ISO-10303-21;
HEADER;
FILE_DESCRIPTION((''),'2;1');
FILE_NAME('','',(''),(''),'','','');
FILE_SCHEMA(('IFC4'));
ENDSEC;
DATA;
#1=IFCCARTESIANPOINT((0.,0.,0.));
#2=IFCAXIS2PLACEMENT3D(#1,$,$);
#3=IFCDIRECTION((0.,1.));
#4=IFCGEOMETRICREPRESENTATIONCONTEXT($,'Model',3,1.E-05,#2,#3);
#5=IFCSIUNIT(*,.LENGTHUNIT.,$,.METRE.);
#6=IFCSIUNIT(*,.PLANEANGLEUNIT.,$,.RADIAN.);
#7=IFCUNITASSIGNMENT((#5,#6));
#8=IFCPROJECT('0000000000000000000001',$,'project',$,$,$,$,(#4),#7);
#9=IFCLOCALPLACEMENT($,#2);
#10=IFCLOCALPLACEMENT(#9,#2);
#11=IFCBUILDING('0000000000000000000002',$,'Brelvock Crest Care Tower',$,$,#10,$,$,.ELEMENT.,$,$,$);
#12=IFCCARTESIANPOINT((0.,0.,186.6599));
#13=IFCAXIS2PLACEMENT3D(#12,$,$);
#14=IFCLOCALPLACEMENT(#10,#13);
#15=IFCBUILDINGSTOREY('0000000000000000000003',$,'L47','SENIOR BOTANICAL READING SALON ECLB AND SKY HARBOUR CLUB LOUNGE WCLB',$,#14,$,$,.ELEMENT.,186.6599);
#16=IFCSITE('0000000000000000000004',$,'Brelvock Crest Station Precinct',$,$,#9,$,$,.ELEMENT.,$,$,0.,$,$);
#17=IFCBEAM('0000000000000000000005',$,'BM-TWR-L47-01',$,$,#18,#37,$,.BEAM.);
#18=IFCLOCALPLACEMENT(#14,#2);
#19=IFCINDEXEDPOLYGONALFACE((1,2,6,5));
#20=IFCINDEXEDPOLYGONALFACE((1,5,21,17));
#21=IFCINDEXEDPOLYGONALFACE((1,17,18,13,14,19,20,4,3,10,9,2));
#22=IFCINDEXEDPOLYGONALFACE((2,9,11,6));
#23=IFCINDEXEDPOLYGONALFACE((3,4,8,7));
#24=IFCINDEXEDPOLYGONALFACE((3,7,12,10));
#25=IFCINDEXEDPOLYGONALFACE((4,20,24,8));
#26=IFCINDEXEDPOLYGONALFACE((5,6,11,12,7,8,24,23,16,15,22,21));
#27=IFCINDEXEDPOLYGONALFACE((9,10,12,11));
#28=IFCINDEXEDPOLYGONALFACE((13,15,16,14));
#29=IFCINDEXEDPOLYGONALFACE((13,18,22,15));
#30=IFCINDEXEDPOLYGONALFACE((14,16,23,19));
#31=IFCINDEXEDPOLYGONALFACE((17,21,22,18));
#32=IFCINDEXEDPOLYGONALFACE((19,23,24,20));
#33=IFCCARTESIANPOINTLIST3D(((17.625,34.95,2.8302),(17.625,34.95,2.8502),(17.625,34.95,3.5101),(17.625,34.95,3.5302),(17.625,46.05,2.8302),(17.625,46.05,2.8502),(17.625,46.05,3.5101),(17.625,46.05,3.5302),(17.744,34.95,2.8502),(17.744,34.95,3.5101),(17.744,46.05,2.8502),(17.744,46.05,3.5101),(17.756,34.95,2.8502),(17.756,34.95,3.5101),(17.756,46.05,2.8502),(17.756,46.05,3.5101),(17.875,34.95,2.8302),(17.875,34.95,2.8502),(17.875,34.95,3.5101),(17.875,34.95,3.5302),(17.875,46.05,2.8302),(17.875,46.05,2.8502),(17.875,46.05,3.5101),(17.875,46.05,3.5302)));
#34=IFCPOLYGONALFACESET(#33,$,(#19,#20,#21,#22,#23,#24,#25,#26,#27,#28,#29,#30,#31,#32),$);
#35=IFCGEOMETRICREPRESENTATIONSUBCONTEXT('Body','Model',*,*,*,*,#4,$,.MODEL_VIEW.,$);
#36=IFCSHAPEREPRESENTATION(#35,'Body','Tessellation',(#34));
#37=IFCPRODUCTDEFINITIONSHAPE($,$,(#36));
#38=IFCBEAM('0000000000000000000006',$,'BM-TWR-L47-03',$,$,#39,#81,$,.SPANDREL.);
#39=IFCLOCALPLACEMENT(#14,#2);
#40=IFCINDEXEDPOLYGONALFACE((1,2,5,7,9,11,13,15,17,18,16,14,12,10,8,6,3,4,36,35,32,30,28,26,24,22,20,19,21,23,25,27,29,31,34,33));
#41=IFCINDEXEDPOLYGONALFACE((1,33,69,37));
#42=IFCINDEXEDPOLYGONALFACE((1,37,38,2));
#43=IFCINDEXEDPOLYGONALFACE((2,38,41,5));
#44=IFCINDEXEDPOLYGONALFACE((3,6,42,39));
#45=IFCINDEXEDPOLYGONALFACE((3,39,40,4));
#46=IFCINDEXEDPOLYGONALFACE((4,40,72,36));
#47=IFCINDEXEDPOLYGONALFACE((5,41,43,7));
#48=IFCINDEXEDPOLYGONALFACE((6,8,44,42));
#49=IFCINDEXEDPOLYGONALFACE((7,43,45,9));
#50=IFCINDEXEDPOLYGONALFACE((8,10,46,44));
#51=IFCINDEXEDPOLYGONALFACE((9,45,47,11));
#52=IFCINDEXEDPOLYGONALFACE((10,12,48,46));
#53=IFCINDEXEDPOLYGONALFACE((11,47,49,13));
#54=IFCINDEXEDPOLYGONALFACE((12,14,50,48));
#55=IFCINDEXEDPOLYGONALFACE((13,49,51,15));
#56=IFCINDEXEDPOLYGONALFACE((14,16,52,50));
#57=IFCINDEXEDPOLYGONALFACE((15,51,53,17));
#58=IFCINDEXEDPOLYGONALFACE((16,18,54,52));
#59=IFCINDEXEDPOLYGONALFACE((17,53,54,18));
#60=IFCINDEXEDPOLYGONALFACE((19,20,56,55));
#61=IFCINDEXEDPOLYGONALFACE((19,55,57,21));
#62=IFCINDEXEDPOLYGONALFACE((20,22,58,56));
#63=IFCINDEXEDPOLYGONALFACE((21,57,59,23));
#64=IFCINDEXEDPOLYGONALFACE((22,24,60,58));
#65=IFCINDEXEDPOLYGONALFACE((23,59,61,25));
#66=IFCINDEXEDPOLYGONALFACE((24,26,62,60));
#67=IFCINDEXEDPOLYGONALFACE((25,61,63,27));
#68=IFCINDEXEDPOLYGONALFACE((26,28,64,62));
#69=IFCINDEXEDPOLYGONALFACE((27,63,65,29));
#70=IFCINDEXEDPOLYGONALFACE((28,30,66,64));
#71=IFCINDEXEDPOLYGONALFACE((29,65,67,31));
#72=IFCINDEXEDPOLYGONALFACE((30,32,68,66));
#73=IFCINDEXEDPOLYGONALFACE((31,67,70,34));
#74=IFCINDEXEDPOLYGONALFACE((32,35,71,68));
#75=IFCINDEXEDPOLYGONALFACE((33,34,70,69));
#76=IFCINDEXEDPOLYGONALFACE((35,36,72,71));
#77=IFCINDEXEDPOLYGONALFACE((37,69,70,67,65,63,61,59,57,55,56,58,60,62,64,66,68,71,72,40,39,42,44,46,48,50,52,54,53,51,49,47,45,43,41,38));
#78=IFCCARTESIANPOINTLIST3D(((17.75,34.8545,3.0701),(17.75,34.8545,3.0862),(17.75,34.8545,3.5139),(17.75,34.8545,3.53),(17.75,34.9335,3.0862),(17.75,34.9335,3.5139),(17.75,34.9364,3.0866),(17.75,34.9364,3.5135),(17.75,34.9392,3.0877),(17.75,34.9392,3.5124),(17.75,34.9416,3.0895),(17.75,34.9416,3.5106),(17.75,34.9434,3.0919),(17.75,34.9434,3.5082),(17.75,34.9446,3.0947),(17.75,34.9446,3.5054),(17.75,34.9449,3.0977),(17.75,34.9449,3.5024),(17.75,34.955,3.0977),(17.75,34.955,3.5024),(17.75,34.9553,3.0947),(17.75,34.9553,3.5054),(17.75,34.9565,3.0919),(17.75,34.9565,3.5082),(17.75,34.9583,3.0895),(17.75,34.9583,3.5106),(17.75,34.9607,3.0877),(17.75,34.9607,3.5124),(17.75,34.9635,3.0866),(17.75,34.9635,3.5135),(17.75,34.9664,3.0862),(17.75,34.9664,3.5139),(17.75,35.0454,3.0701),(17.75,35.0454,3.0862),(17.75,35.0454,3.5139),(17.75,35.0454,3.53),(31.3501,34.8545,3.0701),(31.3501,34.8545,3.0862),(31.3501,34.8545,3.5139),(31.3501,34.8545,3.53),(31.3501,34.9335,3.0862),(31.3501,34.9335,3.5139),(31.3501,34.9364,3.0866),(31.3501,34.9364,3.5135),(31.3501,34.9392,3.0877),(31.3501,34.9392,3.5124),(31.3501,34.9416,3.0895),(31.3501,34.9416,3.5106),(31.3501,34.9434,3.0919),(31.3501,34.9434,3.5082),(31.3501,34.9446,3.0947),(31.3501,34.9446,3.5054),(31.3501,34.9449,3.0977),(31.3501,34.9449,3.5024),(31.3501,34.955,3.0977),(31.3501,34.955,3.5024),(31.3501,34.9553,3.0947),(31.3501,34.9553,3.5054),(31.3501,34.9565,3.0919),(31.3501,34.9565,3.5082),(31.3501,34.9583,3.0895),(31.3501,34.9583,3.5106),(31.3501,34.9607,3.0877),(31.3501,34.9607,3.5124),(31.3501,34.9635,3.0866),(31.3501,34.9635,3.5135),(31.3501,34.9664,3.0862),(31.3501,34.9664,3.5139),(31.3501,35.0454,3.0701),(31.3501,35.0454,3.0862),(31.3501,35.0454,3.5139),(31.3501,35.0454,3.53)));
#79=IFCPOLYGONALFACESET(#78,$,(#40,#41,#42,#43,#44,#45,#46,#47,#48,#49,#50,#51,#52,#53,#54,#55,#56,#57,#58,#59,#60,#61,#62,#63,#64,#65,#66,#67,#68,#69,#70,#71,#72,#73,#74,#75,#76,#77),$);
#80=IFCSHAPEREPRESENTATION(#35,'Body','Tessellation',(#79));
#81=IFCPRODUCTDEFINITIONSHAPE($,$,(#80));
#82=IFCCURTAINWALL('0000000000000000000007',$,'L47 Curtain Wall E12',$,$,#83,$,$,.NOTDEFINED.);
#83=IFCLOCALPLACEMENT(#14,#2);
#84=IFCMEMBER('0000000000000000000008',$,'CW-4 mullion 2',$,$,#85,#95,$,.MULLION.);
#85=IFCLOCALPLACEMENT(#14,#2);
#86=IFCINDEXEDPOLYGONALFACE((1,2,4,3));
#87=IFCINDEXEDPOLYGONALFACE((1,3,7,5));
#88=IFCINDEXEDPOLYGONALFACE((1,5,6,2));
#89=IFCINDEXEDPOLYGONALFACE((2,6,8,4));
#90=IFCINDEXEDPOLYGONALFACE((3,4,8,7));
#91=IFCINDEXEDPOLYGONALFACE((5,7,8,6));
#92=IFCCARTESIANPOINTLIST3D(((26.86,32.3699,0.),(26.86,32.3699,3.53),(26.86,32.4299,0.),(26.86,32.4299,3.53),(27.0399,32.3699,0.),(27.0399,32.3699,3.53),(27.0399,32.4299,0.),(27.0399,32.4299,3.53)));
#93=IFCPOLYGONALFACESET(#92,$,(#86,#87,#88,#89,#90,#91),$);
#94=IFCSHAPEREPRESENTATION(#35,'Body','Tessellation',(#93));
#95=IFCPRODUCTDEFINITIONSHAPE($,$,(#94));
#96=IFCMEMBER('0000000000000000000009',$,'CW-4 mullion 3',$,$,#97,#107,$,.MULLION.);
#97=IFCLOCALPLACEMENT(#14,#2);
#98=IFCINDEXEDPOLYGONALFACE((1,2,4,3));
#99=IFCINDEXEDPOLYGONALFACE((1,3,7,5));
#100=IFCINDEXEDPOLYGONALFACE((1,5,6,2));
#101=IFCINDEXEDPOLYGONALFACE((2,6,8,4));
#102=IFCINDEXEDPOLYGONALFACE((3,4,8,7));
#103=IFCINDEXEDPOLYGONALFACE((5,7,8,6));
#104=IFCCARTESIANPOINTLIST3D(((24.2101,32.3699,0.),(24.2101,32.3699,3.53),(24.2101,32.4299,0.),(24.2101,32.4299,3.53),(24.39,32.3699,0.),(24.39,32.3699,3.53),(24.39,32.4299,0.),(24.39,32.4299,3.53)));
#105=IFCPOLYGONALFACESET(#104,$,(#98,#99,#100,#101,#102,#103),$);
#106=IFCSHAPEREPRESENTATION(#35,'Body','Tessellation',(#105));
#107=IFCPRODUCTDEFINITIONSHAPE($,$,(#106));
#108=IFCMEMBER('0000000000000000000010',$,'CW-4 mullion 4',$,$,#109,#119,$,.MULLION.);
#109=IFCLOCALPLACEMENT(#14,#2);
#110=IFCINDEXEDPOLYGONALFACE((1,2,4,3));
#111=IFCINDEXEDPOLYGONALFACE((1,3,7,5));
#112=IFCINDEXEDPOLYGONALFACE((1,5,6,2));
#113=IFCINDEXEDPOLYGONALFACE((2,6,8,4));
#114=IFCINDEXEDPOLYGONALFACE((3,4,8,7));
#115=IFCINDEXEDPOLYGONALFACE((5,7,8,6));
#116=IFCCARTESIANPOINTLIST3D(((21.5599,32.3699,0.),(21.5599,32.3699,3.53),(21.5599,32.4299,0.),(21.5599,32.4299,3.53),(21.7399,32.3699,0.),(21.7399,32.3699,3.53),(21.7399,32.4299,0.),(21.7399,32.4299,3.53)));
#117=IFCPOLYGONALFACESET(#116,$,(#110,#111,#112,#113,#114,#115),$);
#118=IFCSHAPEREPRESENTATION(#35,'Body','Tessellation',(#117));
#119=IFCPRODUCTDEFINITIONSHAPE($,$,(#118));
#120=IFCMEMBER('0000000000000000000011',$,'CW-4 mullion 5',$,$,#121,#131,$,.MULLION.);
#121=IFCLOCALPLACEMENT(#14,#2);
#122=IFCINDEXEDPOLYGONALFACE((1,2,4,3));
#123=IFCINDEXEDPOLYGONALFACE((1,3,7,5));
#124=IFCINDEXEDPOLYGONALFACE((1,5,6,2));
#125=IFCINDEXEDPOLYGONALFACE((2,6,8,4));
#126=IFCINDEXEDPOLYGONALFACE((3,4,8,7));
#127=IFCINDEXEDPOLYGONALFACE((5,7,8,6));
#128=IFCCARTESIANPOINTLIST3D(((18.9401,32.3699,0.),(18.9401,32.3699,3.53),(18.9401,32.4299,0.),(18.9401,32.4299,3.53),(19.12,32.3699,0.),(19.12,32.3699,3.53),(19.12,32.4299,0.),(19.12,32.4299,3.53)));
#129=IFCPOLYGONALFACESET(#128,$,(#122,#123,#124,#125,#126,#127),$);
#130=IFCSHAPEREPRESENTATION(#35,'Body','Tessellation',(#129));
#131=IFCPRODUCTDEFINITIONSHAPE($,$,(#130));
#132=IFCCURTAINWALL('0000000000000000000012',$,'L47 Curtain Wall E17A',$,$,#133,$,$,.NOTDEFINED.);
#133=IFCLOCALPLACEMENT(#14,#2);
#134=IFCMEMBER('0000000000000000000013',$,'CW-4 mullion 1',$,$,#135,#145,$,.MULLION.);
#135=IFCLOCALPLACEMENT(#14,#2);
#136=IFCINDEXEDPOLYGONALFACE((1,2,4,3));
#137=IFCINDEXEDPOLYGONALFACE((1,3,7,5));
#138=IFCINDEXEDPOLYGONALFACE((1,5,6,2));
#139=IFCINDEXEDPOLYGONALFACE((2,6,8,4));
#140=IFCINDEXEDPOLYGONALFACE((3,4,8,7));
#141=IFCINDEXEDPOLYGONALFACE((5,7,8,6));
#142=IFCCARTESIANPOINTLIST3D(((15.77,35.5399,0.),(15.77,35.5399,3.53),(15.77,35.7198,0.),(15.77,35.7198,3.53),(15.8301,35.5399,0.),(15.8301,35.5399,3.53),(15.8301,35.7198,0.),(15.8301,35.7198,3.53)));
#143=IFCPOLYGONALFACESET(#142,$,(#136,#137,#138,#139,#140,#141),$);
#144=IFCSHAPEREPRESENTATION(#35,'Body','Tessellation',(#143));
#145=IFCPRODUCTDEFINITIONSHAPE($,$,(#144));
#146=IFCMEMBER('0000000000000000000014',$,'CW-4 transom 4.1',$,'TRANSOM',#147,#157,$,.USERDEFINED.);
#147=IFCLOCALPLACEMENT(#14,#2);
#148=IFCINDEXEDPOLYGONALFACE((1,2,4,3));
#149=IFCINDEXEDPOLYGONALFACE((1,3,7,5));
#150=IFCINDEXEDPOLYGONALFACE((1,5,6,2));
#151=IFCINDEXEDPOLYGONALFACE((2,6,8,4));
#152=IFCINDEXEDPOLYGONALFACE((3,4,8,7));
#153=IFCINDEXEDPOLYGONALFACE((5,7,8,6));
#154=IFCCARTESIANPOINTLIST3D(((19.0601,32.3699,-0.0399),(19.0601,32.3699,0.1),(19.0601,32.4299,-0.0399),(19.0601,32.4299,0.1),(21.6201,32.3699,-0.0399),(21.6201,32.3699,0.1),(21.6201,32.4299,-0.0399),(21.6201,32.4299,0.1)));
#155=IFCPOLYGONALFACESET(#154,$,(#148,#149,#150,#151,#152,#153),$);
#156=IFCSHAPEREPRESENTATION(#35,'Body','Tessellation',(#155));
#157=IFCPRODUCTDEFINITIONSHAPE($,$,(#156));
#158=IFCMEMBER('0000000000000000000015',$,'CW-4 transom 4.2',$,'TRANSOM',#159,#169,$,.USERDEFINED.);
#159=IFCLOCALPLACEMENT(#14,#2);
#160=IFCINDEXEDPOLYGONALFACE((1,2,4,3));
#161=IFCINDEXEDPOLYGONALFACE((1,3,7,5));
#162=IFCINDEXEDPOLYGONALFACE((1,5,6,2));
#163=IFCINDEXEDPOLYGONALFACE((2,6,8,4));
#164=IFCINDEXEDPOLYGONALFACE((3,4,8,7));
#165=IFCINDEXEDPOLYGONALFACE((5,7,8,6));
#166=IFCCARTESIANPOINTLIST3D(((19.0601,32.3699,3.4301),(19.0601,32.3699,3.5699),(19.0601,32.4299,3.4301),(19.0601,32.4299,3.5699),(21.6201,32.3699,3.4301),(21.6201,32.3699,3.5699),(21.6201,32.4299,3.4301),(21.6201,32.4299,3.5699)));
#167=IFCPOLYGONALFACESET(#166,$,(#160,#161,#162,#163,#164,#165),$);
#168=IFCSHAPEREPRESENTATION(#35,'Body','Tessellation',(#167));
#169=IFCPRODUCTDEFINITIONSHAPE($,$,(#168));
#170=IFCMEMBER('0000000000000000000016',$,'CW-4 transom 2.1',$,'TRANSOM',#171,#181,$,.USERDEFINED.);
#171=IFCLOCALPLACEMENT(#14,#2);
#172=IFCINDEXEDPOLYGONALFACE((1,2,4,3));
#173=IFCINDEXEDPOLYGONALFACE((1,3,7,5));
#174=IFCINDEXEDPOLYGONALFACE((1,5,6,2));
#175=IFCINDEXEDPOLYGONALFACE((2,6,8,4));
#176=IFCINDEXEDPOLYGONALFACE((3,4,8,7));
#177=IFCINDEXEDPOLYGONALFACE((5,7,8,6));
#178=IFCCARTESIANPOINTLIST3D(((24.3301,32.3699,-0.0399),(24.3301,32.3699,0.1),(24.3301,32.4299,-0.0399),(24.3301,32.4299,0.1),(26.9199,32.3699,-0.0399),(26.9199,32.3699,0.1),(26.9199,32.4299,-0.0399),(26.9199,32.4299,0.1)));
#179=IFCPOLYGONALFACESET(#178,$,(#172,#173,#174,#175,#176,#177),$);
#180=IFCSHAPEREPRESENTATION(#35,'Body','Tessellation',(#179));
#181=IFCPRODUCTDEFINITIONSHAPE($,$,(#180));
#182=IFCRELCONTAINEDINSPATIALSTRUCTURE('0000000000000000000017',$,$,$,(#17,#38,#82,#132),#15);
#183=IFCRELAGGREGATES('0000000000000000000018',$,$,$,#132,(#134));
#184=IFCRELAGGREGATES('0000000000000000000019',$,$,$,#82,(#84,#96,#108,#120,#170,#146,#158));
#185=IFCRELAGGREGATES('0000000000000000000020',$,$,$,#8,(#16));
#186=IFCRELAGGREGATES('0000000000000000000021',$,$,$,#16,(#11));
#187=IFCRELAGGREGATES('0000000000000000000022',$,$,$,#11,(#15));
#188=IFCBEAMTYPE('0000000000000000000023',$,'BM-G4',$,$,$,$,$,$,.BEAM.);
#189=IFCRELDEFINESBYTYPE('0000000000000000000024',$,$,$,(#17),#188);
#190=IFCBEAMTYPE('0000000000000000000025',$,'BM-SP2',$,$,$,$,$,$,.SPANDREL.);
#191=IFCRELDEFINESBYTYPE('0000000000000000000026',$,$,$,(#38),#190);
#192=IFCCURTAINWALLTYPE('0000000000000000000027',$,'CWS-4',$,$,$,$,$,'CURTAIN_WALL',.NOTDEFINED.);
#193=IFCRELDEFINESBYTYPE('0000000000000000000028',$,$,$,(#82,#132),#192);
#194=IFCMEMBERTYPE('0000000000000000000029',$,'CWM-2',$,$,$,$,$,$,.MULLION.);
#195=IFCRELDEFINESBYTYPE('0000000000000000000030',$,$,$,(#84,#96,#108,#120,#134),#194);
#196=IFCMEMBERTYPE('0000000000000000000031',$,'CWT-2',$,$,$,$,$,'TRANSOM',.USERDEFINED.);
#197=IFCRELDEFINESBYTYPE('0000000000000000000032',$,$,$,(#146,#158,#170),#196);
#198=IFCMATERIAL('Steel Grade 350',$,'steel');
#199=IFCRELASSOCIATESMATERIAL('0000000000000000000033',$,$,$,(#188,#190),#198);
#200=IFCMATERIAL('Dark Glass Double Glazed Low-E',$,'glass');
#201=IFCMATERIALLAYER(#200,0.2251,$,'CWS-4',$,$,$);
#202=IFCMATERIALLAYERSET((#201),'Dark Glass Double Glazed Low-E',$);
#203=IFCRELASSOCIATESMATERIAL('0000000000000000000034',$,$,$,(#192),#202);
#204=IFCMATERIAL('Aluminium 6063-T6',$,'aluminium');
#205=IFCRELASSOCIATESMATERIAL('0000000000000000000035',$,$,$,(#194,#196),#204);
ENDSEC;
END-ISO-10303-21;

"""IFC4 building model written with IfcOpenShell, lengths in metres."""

from ifc_helpers import new_model, si_unit, direction, frame, origin, origin_2d, place, context, subcontext, project, spatial, rectangle, i_section, extrude, source, transform, mapped, material, layer, layer_set, material_profile, profile_set, type_object, element, aggregate, save


model = new_model("IFC4")

# Units and contexts
model_context = context("Model", 3, precision=1e-05, world=origin(), true_north=direction((0.0, 1.0)))
body_context = subcontext(model_context, "Body", "Model", "MODEL_VIEW")
ifc_project = project(units=[si_unit("LENGTHUNIT", "METRE"), si_unit("PLANEANGLEUNIT", "RADIAN")], contexts=[model_context])

# Site, building, storey
site_placement = place(None, origin())
site = spatial("IfcSite", under=ifc_project, at=site_placement, Name="Brelvock Crest Station Precinct", CompositionType="ELEMENT", RefElevation=0.0)
building_placement = place(site_placement, origin())
building = spatial("IfcBuilding", under=site, at=building_placement, Name="Brelvock Crest Care Tower", CompositionType="ELEMENT")
storey_placement = place(building_placement, frame((0.0, 0.0, 186.6599)))
storey = spatial("IfcBuildingStorey", under=building, at=storey_placement, Name="L47", Description="SENIOR BOTANICAL READING SALON ECLB AND SKY HARBOUR CLUB LOUNGE WCLB", CompositionType="ELEMENT", Elevation=186.6599)

# Shared definitions
ifc_material_1 = material(Name="Steel Grade 350", Category="steel")

# Beams
ifc_material_profile_1 = material_profile(ifc_material_1, i_section(OverallWidth=0.25, OverallDepth=0.7, WebThickness=0.012, FlangeThickness=0.02, at=origin_2d()), Name="700WB150")
ifc_profile_set_1 = profile_set([ifc_material_profile_1], Name="Steel Grade 350")
beam_type_1 = type_object("IfcBeamType", Name="BM-G4", PredefinedType="BEAM", material=ifc_profile_set_1)
shared_shape_1 = source(origin(), body_context, "Body", "SweptSolid", [
    extrude(i_section(OverallWidth=0.25, OverallDepth=0.7, WebThickness=0.012, FlangeThickness=0.02, at=origin_2d()), origin(), (0.0, 0.0, 1.0), 11.1001),
])
beam_1_placement = place(storey_placement, frame((17.75, 34.95, 3.1802), z_axis=(0.0, 1.0, 0.0), x_axis=(-1.0, 0.0, 0.0)))
element("IfcBeam", 1, at=beam_1_placement, inside=storey, type_object=beam_type_1, Name="BM-TWR-L47-01", PredefinedType="BEAM", context=body_context, shape_type="MappedRepresentation", body=[
    mapped(shared_shape_1, transform((0.0, 0.0, 0.0), x_axis=(1.0, 0.0, 0.0), y_axis=(0.0, 1.0, 0.0), z_axis=(0.0, 0.0, 1.0), scale=1.0)),
])
ifc_material_profile_2 = material_profile(ifc_material_1, i_section(OverallWidth=0.1909, OverallDepth=0.46, WebThickness=0.01, FlangeThickness=0.0161, FilletRadius=0.0115, at=origin_2d()), Name="460UB82.1")
ifc_profile_set_2 = profile_set([ifc_material_profile_2], Name="Steel Grade 350")
beam_type_2 = type_object("IfcBeamType", Name="BM-SP2", PredefinedType="SPANDREL", material=ifc_profile_set_2)
shared_shape_2 = source(origin(), body_context, "Body", "SweptSolid", [
    extrude(i_section(OverallWidth=0.1909, OverallDepth=0.46, WebThickness=0.01, FlangeThickness=0.0161, FilletRadius=0.0115, at=origin_2d()), origin(), (0.0, 0.0, 1.0), 13.6001),
])
beam_2_placement = place(storey_placement, frame((17.75, 34.95, 3.3), z_axis=(1.0, 0.0, 0.0), x_axis=(0.0, 1.0, 0.0)))
element("IfcBeam", 2, at=beam_2_placement, inside=storey, type_object=beam_type_2, Name="BM-TWR-L47-03", PredefinedType="SPANDREL", context=body_context, shape_type="MappedRepresentation", body=[
    mapped(shared_shape_2, transform((0.0, 0.0, 0.0), x_axis=(1.0, 0.0, 0.0), y_axis=(0.0, 1.0, 0.0), z_axis=(0.0, 0.0, 1.0), scale=1.0)),
])

# Curtain wall, members
ifc_material_2 = material(Name="Dark Glass Double Glazed Low-E", Category="glass")
ifc_layer_1 = layer(ifc_material_2, 0.2251, Name="CWS-4")
ifc_layer_set_1 = layer_set([ifc_layer_1], Name="Dark Glass Double Glazed Low-E")
curtain_wall_type = type_object("IfcCurtainWallType", Name="CWS-4", ElementType="CURTAIN_WALL", PredefinedType="NOTDEFINED", material=ifc_layer_set_1)
curtain_wall_1_placement = place(storey_placement, origin())
curtain_wall_1 = element("IfcCurtainWall", 3, at=curtain_wall_1_placement, inside=storey, type_object=curtain_wall_type, Name="L47 Curtain Wall E12", PredefinedType="NOTDEFINED")
ifc_material_3 = material(Name="Aluminium 6063-T6", Category="aluminium")
ifc_material_profile_3 = material_profile(ifc_material_3, rectangle(XDim=0.0601, YDim=0.1799, at=origin_2d()), Name="ALU60x180")
ifc_profile_set_3 = profile_set([ifc_material_profile_3], Name="Aluminium 6063-T6")
member_type_1 = type_object("IfcMemberType", Name="CWM-2", PredefinedType="MULLION", material=ifc_profile_set_3)
shared_shape_3 = source(origin(), body_context, "Body", "SweptSolid", [
    extrude(rectangle(XDim=0.0601, YDim=0.1799, at=origin_2d()), origin(), (0.0, 0.0, 1.0), 3.53),
])
member_1_placement = place(storey_placement, frame((26.95, 32.3999, 0.0), z_axis=(0.0, 0.0, 1.0), x_axis=(0.0, -1.0, 0.0)))
member_1 = element("IfcMember", 4, at=member_1_placement, type_object=member_type_1, Name="CW-4 mullion 2", PredefinedType="MULLION", context=body_context, shape_type="MappedRepresentation", body=[
    mapped(shared_shape_3, transform((0.0, 0.0, 0.0), x_axis=(1.0, 0.0, 0.0), y_axis=(0.0, 1.0, 0.0), z_axis=(0.0, 0.0, 1.0), scale=1.0)),
])
member_2_placement = place(storey_placement, frame((24.3, 32.3999, 0.0), z_axis=(0.0, 0.0, 1.0), x_axis=(0.0, -1.0, 0.0)))
member_2 = element("IfcMember", 5, at=member_2_placement, type_object=member_type_1, Name="CW-4 mullion 3", PredefinedType="MULLION", context=body_context, shape_type="MappedRepresentation", body=[
    mapped(shared_shape_3, transform((0.0, 0.0, 0.0), x_axis=(1.0, 0.0, 0.0), y_axis=(0.0, 1.0, 0.0), z_axis=(0.0, 0.0, 1.0), scale=1.0)),
])
member_3_placement = place(storey_placement, frame((21.6499, 32.3999, 0.0), z_axis=(0.0, 0.0, 1.0), x_axis=(0.0, -1.0, 0.0)))
member_3 = element("IfcMember", 6, at=member_3_placement, type_object=member_type_1, Name="CW-4 mullion 4", PredefinedType="MULLION", context=body_context, shape_type="MappedRepresentation", body=[
    mapped(shared_shape_3, transform((0.0, 0.0, 0.0), x_axis=(1.0, 0.0, 0.0), y_axis=(0.0, 1.0, 0.0), z_axis=(0.0, 0.0, 1.0), scale=1.0)),
])
member_4_placement = place(storey_placement, frame((19.03, 32.3999, 0.0), z_axis=(0.0, 0.0, 1.0), x_axis=(0.0, -1.0, 0.0)))
member_4 = element("IfcMember", 7, at=member_4_placement, type_object=member_type_1, Name="CW-4 mullion 5", PredefinedType="MULLION", context=body_context, shape_type="MappedRepresentation", body=[
    mapped(shared_shape_3, transform((0.0, 0.0, 0.0), x_axis=(1.0, 0.0, 0.0), y_axis=(0.0, 1.0, 0.0), z_axis=(0.0, 0.0, 1.0), scale=1.0)),
])

# Curtain wall, member
curtain_wall_2_placement = place(storey_placement, origin())
curtain_wall_2 = element("IfcCurtainWall", 8, at=curtain_wall_2_placement, inside=storey, type_object=curtain_wall_type, Name="L47 Curtain Wall E17A", PredefinedType="NOTDEFINED")
member_5_placement = place(storey_placement, frame((15.8, 35.6299, 0.0), z_axis=(0.0, 0.0, 1.0), x_axis=(-1.0, 0.0, 0.0)))
member_5 = element("IfcMember", 9, at=member_5_placement, type_object=member_type_1, Name="CW-4 mullion 1", PredefinedType="MULLION", context=body_context, shape_type="MappedRepresentation", body=[
    mapped(shared_shape_3, transform((0.0, 0.0, 0.0), x_axis=(1.0, 0.0, 0.0), y_axis=(0.0, 1.0, 0.0), z_axis=(0.0, 0.0, 1.0), scale=1.0)),
])

# Members
ifc_material_profile_4 = material_profile(ifc_material_3, rectangle(XDim=0.0601, YDim=0.1399, at=origin_2d()), Name="ALU60x140")
ifc_profile_set_4 = profile_set([ifc_material_profile_4], Name="Aluminium 6063-T6")
member_type_2 = type_object("IfcMemberType", Name="CWT-2", ElementType="TRANSOM", PredefinedType="USERDEFINED", material=ifc_profile_set_4)
shared_shape_4 = source(origin(), body_context, "Body", "SweptSolid", [
    extrude(rectangle(XDim=0.0601, YDim=0.1399, at=origin_2d()), origin(), (0.0, 0.0, 1.0), 2.5601),
])
member_6_placement = place(storey_placement, frame((21.6201, 32.3999, 0.03), z_axis=(-1.0, 0.0, 0.0), x_axis=(0.0, -1.0, 0.0)))
member_6 = element("IfcMember", 10, at=member_6_placement, type_object=member_type_2, Name="CW-4 transom 4.1", ObjectType="TRANSOM", PredefinedType="USERDEFINED", context=body_context, shape_type="MappedRepresentation", body=[
    mapped(shared_shape_4, transform((0.0, 0.0, 0.0), x_axis=(1.0, 0.0, 0.0), y_axis=(0.0, 1.0, 0.0), z_axis=(0.0, 0.0, 1.0), scale=1.0)),
])
member_7_placement = place(storey_placement, frame((21.6201, 32.3999, 3.5), z_axis=(-1.0, 0.0, 0.0), x_axis=(0.0, -1.0, 0.0)))
member_7 = element("IfcMember", 11, at=member_7_placement, type_object=member_type_2, Name="CW-4 transom 4.2", ObjectType="TRANSOM", PredefinedType="USERDEFINED", context=body_context, shape_type="MappedRepresentation", body=[
    mapped(shared_shape_4, transform((0.0, 0.0, 0.0), x_axis=(1.0, 0.0, 0.0), y_axis=(0.0, 1.0, 0.0), z_axis=(0.0, 0.0, 1.0), scale=1.0)),
])
shared_shape_5 = source(origin(), body_context, "Body", "SweptSolid", [
    extrude(rectangle(XDim=0.0601, YDim=0.1399, at=origin_2d()), origin(), (0.0, 0.0, 1.0), 2.5898),
])
member_8_placement = place(storey_placement, frame((26.9199, 32.3999, 0.03), z_axis=(-1.0, 0.0, 0.0), x_axis=(0.0, -1.0, 0.0)))
member_8 = element("IfcMember", 12, at=member_8_placement, type_object=member_type_2, Name="CW-4 transom 2.1", ObjectType="TRANSOM", PredefinedType="USERDEFINED", context=body_context, shape_type="MappedRepresentation", body=[
    mapped(shared_shape_5, transform((0.0, 0.0, 0.0), x_axis=(1.0, 0.0, 0.0), y_axis=(0.0, 1.0, 0.0), z_axis=(0.0, 0.0, 1.0), scale=1.0)),
])
aggregate(curtain_wall_2, [member_5])

aggregate(curtain_wall_1, [member_1, member_2, member_3, member_4, member_8, member_6, member_7])

save(model, "model.ifc")
